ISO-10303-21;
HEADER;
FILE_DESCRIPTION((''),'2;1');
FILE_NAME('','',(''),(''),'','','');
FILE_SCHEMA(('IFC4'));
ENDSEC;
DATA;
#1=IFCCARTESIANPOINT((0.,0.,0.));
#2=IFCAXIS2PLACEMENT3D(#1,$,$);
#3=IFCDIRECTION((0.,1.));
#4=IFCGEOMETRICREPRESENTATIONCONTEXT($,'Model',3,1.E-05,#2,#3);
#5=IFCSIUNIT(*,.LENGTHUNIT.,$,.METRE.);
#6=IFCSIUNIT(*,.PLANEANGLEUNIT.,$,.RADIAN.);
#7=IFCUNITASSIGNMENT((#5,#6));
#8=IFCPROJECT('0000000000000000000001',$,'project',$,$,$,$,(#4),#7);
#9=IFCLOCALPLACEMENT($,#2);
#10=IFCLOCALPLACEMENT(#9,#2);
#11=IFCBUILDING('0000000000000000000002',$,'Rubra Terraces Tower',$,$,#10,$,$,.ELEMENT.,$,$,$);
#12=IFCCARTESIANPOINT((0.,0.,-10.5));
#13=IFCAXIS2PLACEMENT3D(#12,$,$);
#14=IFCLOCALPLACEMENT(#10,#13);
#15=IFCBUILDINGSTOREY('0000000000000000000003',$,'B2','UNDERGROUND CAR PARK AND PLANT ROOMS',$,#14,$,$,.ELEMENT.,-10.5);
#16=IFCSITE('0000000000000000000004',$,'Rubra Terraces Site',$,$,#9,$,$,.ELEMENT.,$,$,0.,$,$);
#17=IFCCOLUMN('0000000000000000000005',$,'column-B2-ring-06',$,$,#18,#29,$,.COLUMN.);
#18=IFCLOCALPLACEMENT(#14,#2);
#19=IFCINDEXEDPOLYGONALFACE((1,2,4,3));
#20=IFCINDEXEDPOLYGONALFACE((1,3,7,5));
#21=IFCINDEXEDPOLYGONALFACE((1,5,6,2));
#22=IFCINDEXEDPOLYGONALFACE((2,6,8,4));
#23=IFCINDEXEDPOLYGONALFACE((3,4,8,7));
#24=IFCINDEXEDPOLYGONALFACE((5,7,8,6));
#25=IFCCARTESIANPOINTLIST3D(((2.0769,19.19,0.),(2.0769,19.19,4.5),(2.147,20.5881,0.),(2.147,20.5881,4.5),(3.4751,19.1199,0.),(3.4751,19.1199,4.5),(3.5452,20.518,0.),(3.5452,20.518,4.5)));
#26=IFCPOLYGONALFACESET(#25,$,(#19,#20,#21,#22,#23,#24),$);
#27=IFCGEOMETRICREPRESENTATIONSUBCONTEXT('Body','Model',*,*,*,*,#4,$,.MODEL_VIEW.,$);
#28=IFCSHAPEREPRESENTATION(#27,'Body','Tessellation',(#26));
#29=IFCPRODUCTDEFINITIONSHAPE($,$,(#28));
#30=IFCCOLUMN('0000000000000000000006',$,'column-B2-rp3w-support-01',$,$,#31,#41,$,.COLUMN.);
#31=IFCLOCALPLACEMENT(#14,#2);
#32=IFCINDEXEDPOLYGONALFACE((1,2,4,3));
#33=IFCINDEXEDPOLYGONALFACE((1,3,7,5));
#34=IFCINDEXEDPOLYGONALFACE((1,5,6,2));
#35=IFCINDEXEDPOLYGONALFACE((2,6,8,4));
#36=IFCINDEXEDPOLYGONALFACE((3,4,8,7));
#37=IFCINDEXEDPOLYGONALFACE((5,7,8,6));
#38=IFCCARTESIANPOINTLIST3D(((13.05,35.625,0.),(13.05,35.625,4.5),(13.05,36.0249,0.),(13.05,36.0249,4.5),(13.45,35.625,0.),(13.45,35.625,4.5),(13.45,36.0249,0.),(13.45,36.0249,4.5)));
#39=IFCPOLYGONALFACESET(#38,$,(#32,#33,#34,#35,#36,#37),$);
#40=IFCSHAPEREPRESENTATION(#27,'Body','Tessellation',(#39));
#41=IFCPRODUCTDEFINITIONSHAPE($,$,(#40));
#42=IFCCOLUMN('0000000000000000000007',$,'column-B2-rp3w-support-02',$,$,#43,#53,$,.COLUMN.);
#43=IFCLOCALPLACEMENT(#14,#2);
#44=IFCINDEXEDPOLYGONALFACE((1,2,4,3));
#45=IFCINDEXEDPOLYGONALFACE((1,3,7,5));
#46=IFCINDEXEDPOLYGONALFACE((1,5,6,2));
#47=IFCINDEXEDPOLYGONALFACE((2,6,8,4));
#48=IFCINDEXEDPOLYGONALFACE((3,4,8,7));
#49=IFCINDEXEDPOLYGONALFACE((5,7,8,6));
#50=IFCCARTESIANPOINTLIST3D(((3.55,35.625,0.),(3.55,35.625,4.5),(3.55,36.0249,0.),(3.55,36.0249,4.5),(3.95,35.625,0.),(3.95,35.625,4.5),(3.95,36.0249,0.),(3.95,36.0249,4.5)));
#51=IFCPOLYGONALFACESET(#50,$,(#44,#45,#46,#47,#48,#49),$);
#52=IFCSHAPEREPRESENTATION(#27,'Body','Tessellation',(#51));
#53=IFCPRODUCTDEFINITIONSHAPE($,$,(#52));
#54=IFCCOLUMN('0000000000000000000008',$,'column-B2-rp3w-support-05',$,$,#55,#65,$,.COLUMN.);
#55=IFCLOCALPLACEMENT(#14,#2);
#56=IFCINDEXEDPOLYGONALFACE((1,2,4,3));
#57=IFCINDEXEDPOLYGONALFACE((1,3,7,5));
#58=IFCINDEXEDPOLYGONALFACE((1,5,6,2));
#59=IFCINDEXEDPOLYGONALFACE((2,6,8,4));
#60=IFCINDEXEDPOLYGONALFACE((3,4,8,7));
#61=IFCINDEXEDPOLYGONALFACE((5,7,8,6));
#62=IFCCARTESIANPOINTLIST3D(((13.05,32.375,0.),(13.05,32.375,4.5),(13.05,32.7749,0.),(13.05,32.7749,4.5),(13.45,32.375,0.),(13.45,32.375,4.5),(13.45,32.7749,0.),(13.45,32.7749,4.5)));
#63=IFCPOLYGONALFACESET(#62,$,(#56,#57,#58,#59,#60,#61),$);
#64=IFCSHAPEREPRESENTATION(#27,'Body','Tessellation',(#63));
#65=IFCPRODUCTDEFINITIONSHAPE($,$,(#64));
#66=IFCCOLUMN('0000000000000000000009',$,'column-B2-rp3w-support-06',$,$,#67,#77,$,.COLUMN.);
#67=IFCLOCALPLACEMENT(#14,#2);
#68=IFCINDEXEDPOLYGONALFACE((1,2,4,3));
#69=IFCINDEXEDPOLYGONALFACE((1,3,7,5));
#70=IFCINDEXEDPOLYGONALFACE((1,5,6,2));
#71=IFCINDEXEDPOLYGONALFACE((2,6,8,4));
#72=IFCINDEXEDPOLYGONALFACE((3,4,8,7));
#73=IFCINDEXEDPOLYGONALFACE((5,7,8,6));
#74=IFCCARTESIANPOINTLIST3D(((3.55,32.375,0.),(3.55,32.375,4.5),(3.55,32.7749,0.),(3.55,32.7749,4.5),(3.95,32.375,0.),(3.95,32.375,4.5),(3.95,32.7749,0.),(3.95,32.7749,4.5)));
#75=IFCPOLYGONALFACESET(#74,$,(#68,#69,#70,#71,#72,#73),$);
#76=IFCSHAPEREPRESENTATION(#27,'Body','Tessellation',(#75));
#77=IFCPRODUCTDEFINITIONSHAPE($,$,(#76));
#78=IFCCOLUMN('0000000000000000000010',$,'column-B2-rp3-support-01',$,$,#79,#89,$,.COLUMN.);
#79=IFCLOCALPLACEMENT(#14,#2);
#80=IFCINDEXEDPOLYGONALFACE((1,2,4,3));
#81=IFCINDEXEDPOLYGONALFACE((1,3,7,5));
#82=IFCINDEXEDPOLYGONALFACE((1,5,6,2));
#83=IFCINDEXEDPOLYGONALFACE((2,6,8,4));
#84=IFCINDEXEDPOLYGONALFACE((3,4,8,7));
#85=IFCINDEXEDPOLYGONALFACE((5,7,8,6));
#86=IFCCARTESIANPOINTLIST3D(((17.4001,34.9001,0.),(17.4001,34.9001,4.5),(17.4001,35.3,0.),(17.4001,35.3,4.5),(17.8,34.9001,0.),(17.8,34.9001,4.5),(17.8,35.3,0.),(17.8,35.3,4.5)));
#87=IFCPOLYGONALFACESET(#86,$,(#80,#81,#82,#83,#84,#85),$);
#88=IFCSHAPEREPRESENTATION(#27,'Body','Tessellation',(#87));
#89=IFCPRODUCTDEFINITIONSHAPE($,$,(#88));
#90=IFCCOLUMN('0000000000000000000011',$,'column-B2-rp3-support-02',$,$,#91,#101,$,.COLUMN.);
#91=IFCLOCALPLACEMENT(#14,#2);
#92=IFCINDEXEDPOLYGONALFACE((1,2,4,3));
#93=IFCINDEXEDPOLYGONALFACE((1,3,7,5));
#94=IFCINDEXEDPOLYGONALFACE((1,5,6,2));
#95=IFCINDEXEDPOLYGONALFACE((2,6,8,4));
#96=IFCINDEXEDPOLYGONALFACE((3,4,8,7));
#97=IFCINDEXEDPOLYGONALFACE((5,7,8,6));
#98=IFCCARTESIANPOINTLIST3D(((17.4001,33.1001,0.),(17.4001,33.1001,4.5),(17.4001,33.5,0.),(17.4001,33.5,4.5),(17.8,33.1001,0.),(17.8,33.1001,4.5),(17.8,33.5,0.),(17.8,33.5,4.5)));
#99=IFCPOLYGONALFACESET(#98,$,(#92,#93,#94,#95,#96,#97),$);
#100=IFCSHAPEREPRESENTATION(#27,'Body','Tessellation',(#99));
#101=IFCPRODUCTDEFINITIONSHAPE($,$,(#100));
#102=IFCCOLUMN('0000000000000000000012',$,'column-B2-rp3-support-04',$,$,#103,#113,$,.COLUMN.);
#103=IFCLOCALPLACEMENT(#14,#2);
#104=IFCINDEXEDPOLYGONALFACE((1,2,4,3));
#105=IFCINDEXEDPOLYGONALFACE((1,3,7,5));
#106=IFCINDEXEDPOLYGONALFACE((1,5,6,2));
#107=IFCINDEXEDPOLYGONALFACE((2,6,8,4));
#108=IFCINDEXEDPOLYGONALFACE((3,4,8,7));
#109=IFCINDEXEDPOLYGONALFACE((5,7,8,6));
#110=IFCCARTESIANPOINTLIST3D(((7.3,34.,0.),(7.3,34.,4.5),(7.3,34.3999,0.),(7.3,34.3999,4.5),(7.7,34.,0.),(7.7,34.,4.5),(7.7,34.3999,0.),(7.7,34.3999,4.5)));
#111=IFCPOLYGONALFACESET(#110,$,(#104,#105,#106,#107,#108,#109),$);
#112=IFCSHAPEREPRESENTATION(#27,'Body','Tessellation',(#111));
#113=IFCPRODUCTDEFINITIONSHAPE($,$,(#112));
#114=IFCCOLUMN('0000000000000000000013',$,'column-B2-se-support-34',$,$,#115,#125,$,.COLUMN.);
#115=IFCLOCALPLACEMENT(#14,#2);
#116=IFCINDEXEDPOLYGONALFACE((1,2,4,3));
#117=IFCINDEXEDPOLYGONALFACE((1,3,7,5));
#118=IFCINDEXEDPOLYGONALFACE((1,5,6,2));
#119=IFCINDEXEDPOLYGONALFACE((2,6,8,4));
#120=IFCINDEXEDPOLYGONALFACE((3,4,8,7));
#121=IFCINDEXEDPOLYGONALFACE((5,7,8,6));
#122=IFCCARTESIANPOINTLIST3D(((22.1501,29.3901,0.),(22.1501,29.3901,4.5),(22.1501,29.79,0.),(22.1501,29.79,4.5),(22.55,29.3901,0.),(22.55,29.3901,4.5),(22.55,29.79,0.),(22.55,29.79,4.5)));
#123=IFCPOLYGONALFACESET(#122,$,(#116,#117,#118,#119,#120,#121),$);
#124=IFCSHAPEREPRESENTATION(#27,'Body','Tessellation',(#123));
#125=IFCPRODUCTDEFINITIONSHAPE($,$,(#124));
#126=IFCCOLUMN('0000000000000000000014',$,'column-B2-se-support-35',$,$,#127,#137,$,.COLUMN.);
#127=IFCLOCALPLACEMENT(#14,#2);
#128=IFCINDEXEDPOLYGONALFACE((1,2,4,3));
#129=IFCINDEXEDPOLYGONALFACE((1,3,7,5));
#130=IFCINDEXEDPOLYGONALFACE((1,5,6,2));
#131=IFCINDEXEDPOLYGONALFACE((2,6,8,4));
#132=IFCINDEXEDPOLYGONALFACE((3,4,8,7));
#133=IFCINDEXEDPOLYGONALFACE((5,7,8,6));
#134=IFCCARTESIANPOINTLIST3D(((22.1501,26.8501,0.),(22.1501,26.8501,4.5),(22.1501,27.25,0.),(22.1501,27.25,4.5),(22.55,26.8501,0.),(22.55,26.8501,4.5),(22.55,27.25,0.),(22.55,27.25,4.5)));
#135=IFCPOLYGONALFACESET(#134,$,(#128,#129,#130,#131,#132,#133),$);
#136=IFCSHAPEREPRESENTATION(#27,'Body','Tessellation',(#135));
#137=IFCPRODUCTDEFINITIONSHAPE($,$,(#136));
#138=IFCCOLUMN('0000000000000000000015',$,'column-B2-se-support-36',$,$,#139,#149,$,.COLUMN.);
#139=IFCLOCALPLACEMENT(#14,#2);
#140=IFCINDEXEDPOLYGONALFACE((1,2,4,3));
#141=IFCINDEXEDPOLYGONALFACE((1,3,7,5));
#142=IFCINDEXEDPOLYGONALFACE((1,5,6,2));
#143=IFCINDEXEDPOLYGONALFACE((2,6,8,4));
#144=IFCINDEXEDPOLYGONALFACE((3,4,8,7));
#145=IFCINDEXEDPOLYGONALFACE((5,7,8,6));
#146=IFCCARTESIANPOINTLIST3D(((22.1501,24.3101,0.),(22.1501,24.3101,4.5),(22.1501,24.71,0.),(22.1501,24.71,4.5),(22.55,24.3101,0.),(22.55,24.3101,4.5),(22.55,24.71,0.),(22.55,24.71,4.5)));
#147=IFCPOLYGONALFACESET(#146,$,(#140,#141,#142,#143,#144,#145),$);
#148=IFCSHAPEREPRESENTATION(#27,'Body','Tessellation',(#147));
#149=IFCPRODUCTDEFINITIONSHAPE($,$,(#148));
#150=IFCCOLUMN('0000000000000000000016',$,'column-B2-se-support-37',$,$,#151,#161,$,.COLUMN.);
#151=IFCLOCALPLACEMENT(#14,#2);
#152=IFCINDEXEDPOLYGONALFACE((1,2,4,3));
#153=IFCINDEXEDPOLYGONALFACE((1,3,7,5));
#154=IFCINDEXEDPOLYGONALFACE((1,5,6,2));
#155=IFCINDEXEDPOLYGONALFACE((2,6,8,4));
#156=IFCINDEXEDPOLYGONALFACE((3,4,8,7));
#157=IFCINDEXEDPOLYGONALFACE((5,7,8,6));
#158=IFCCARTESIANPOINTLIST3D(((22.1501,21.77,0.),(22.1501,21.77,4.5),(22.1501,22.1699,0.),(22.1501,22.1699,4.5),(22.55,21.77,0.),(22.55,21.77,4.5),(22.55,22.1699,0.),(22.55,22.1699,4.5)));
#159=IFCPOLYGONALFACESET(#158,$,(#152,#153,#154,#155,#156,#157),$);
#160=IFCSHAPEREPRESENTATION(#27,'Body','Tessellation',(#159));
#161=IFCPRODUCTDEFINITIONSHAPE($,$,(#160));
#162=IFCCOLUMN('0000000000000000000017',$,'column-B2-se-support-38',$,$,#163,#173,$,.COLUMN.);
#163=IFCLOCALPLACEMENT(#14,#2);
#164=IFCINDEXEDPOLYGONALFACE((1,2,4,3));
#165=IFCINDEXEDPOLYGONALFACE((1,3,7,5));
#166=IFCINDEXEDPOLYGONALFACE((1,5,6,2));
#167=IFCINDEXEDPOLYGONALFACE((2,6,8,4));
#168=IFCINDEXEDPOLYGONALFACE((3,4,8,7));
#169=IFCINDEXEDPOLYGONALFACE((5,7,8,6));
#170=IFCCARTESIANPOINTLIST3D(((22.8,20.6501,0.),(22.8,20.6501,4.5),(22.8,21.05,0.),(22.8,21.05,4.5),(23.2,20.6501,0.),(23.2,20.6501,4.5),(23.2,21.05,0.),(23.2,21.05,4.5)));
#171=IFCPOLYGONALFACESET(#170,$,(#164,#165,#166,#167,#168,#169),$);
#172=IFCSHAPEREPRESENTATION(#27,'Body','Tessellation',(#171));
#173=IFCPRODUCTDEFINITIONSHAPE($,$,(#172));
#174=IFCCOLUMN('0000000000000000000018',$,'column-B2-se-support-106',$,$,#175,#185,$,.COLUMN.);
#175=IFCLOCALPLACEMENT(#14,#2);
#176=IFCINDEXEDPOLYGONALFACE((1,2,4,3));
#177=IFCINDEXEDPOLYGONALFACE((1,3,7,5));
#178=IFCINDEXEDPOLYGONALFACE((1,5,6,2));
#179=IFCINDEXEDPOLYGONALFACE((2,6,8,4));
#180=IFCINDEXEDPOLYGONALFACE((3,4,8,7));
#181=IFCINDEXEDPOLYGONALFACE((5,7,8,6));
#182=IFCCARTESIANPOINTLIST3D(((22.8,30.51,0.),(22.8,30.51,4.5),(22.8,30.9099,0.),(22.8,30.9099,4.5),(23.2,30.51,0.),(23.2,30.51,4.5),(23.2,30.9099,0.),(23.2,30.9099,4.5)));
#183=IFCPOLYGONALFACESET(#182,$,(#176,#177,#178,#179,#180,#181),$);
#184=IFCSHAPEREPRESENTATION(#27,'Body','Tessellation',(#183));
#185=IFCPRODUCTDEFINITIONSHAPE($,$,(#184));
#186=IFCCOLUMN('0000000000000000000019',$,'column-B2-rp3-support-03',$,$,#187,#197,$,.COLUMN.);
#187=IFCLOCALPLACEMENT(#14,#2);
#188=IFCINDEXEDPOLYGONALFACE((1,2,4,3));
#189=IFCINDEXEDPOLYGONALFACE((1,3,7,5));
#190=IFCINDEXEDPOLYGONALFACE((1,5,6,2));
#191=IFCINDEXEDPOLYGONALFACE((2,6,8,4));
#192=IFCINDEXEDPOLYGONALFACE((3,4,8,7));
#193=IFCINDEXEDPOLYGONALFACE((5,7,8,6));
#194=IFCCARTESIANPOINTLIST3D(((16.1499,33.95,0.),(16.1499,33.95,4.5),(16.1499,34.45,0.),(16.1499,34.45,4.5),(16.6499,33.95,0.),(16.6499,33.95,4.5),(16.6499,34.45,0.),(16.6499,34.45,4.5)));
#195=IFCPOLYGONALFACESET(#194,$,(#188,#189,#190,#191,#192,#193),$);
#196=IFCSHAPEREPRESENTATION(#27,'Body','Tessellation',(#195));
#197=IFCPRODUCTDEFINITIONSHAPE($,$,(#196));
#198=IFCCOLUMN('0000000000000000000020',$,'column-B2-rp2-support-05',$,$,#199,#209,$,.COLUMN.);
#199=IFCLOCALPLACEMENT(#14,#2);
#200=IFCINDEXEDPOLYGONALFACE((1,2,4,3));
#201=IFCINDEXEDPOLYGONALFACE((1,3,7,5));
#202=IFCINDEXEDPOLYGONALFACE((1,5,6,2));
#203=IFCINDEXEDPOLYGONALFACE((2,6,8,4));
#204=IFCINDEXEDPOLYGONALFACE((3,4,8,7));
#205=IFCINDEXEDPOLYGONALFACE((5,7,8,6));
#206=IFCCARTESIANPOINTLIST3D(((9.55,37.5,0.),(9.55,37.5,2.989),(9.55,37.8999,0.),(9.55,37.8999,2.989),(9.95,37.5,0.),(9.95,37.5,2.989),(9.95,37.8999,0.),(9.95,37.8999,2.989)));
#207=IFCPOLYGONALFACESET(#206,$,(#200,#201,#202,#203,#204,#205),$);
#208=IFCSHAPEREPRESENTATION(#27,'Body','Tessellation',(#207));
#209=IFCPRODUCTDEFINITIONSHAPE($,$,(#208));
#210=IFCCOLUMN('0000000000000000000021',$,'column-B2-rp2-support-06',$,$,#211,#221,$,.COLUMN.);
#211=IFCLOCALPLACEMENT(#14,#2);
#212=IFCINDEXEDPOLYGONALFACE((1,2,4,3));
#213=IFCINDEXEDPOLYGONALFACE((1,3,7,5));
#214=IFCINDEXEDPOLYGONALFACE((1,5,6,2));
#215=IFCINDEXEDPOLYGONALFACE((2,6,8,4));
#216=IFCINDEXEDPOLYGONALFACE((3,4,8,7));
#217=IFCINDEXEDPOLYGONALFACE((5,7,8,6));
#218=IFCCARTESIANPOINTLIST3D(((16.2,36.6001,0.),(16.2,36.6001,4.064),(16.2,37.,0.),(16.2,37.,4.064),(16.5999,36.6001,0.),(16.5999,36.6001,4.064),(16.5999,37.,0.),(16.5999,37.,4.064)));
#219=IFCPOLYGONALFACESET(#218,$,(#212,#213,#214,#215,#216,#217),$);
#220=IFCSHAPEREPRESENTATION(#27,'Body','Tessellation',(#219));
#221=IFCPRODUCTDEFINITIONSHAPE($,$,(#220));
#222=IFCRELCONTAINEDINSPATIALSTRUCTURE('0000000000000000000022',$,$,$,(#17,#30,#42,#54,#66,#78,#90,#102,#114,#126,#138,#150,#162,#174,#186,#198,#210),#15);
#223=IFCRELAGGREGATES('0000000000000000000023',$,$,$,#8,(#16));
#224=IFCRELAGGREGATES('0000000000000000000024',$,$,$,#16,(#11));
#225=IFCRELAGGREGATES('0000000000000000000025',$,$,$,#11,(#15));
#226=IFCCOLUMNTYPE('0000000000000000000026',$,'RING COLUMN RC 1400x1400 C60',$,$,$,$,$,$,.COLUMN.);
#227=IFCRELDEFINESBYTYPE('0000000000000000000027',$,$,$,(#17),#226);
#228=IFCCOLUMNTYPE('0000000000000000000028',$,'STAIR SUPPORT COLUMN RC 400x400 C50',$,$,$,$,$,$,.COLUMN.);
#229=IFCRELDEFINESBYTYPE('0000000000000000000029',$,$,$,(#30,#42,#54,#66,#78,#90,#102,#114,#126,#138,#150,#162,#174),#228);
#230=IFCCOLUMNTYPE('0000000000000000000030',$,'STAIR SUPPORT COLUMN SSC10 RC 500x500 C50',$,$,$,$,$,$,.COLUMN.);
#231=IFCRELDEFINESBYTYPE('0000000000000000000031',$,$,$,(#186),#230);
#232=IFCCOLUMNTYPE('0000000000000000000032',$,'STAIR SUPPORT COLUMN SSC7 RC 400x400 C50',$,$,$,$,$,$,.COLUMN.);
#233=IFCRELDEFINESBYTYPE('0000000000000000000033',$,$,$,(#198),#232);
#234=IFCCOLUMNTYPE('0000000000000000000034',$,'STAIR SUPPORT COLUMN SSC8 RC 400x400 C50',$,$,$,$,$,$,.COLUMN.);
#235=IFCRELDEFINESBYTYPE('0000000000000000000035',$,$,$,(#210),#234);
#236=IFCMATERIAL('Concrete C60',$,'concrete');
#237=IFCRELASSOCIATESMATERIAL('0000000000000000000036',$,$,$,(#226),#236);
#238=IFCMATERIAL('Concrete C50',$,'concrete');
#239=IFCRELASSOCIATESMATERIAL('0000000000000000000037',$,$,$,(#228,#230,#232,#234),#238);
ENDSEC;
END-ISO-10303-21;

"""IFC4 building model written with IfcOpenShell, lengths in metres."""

from ifc_helpers import new_model, si_unit, direction, frame, origin, origin_2d, place, context, subcontext, project, spatial, rectangle, extrude, material, material_profile, profile_set, type_object, element, save


model = new_model("IFC4")

# Units and contexts
model_context = context("Model", 3, precision=1e-05, world=origin(), true_north=direction((0.0, 1.0)))
body_context = subcontext(model_context, "Body", "Model", "MODEL_VIEW")
ifc_project = project(units=[si_unit("LENGTHUNIT", "METRE"), si_unit("PLANEANGLEUNIT", "RADIAN")], contexts=[model_context])

# Site, building, storey
site_placement = place(None, origin())
site = spatial("IfcSite", under=ifc_project, at=site_placement, Name="Rubra Terraces Site", CompositionType="ELEMENT", RefElevation=0.0)
building_placement = place(site_placement, origin())
building = spatial("IfcBuilding", under=site, at=building_placement, Name="Rubra Terraces Tower", CompositionType="ELEMENT")
storey_placement = place(building_placement, frame((0.0, 0.0, -10.5)))
storey = spatial("IfcBuildingStorey", under=building, at=storey_placement, Name="B2", Description="UNDERGROUND CAR PARK AND PLANT ROOMS", CompositionType="ELEMENT", Elevation=-10.5)

# Columns
ifc_material_1 = material(Name="Concrete C60", Category="concrete")
ifc_material_profile_1 = material_profile(ifc_material_1, rectangle(XDim=1.3999, YDim=1.3999, at=origin_2d()), Name="RC 1400x1400")
ifc_profile_set_1 = profile_set([ifc_material_profile_1], Name="Concrete C60")
column_type_1 = type_object("IfcColumnType", Name="RING COLUMN RC 1400x1400 C60", PredefinedType="COLUMN", material=ifc_profile_set_1)
column_1_placement = place(storey_placement, frame((2.811, 19.854, 0.0), z_axis=(0.0, 0.0, 1.0), x_axis=(-0.998745, 0.050084, 0.0)))
element("IfcColumn", 1, at=column_1_placement, inside=storey, type_object=column_type_1, Name="column-B2-ring-06", PredefinedType="COLUMN", context=body_context, shape_type="SweptSolid", body=[
    extrude(rectangle(XDim=1.3999, YDim=1.3999, at=origin_2d()), origin(), (0.0, 0.0, 1.0), 4.5),
])
ifc_material_2 = material(Name="Concrete C50", Category="concrete")
ifc_material_profile_2 = material_profile(ifc_material_2, rectangle(XDim=0.3999, YDim=0.3999, at=origin_2d()), Name="RC 400x400")
ifc_profile_set_2 = profile_set([ifc_material_profile_2], Name="Concrete C50")
column_type_2 = type_object("IfcColumnType", Name="STAIR SUPPORT COLUMN RC 400x400 C50", PredefinedType="COLUMN", material=ifc_profile_set_2)
for number, where, z_axis, x_axis, name in (
    (2, (13.25, 35.825, 0.0), (0.0, 0.0, 1.0), (1.0, 0.0, 0.0), "column-B2-rp3w-support-01"),
    (3, (3.75, 35.825, 0.0), (0.0, 0.0, 1.0), (1.0, 0.0, 0.0), "column-B2-rp3w-support-02"),
    (4, (13.25, 32.575, 0.0), (0.0, 0.0, 1.0), (1.0, 0.0, 0.0), "column-B2-rp3w-support-05"),
    (5, (3.75, 32.575, 0.0), (0.0, 0.0, 1.0), (1.0, 0.0, 0.0), "column-B2-rp3w-support-06"),
    (6, (17.6001, 35.1001, 0.0), (0.0, 0.0, 1.0), (1.0, 0.0, 0.0), "column-B2-rp3-support-01"),
    (7, (17.6001, 33.3, 0.0), (0.0, 0.0, 1.0), (1.0, 0.0, 0.0), "column-B2-rp3-support-02"),
    (8, (7.5, 34.2, 0.0), (0.0, 0.0, 1.0), (1.0, 0.0, 0.0), "column-B2-rp3-support-04"),
    (9, (22.3501, 29.5901, 0.0), (0.0, 0.0, 1.0), (1.0, 0.0, 0.0), "column-B2-se-support-34"),
    (10, (22.3501, 27.05, 0.0), (0.0, 0.0, 1.0), (1.0, 0.0, 0.0), "column-B2-se-support-35"),
    (11, (22.3501, 24.51, 0.0), (0.0, 0.0, 1.0), (1.0, 0.0, 0.0), "column-B2-se-support-36"),
    (12, (22.3501, 21.97, 0.0), (0.0, 0.0, 1.0), (1.0, 0.0, 0.0), "column-B2-se-support-37"),
    (13, (23.0, 20.8501, 0.0), (0.0, 0.0, 1.0), (1.0, 0.0, 0.0), "column-B2-se-support-38"),
    (14, (23.0, 30.71, 0.0), (0.0, 0.0, 1.0), (1.0, 0.0, 0.0), "column-B2-se-support-106"),
):
    element("IfcColumn", number, at=place(storey_placement, frame(where, z_axis=z_axis, x_axis=x_axis)), inside=storey, type_object=column_type_2, Name=name, PredefinedType="COLUMN", context=body_context, shape_type="SweptSolid", body=[
        extrude(rectangle(XDim=0.3999, YDim=0.3999, at=origin_2d()), origin(), (0.0, 0.0, 1.0), 4.5),
    ])
ifc_material_profile_3 = material_profile(ifc_material_2, rectangle(XDim=0.5, YDim=0.5, at=origin_2d()), Name="RC 500x500")
ifc_profile_set_3 = profile_set([ifc_material_profile_3], Name="Concrete C50")
column_type_3 = type_object("IfcColumnType", Name="STAIR SUPPORT COLUMN SSC10 RC 500x500 C50", PredefinedType="COLUMN", material=ifc_profile_set_3)
column_2_placement = place(storey_placement, frame((16.3999, 34.2, 0.0), z_axis=(0.0, 0.0, 1.0), x_axis=(1.0, 0.0, 0.0)))
element("IfcColumn", 15, at=column_2_placement, inside=storey, type_object=column_type_3, Name="column-B2-rp3-support-03", PredefinedType="COLUMN", context=body_context, shape_type="SweptSolid", body=[
    extrude(rectangle(XDim=0.5, YDim=0.5, at=origin_2d()), origin(), (0.0, 0.0, 1.0), 4.5),
])
ifc_material_profile_4 = material_profile(ifc_material_2, rectangle(XDim=0.3999, YDim=0.3999, at=origin_2d()), Name="RC 400x400")
ifc_profile_set_4 = profile_set([ifc_material_profile_4], Name="Concrete C50")
column_type_4 = type_object("IfcColumnType", Name="STAIR SUPPORT COLUMN SSC7 RC 400x400 C50", PredefinedType="COLUMN", material=ifc_profile_set_4)
column_3_placement = place(storey_placement, frame((9.75, 37.7, 0.0), z_axis=(0.0, 0.0, 1.0), x_axis=(1.0, 0.0, 0.0)))
element("IfcColumn", 16, at=column_3_placement, inside=storey, type_object=column_type_4, Name="column-B2-rp2-support-05", PredefinedType="COLUMN", context=body_context, shape_type="SweptSolid", body=[
    extrude(rectangle(XDim=0.3999, YDim=0.3999, at=origin_2d()), origin(), (0.0, 0.0, 1.0), 2.989),
])
ifc_material_profile_5 = material_profile(ifc_material_2, rectangle(XDim=0.3999, YDim=0.3999, at=origin_2d()), Name="RC 400x400")
ifc_profile_set_5 = profile_set([ifc_material_profile_5], Name="Concrete C50")
column_type_5 = type_object("IfcColumnType", Name="STAIR SUPPORT COLUMN SSC8 RC 400x400 C50", PredefinedType="COLUMN", material=ifc_profile_set_5)
for number, where, z_axis, x_axis, name in (
    (17, (16.3999, 36.8, 0.0), (0.0, 0.0, 1.0), (1.0, 0.0, 0.0), "column-B2-rp2-support-06"),
):
    element("IfcColumn", number, at=place(storey_placement, frame(where, z_axis=z_axis, x_axis=x_axis)), inside=storey, type_object=column_type_5, Name=name, PredefinedType="COLUMN", context=body_context, shape_type="SweptSolid", body=[
        extrude(rectangle(XDim=0.3999, YDim=0.3999, at=origin_2d()), origin(), (0.0, 0.0, 1.0), 4.064),
    ])

save(model, "model.ifc")
